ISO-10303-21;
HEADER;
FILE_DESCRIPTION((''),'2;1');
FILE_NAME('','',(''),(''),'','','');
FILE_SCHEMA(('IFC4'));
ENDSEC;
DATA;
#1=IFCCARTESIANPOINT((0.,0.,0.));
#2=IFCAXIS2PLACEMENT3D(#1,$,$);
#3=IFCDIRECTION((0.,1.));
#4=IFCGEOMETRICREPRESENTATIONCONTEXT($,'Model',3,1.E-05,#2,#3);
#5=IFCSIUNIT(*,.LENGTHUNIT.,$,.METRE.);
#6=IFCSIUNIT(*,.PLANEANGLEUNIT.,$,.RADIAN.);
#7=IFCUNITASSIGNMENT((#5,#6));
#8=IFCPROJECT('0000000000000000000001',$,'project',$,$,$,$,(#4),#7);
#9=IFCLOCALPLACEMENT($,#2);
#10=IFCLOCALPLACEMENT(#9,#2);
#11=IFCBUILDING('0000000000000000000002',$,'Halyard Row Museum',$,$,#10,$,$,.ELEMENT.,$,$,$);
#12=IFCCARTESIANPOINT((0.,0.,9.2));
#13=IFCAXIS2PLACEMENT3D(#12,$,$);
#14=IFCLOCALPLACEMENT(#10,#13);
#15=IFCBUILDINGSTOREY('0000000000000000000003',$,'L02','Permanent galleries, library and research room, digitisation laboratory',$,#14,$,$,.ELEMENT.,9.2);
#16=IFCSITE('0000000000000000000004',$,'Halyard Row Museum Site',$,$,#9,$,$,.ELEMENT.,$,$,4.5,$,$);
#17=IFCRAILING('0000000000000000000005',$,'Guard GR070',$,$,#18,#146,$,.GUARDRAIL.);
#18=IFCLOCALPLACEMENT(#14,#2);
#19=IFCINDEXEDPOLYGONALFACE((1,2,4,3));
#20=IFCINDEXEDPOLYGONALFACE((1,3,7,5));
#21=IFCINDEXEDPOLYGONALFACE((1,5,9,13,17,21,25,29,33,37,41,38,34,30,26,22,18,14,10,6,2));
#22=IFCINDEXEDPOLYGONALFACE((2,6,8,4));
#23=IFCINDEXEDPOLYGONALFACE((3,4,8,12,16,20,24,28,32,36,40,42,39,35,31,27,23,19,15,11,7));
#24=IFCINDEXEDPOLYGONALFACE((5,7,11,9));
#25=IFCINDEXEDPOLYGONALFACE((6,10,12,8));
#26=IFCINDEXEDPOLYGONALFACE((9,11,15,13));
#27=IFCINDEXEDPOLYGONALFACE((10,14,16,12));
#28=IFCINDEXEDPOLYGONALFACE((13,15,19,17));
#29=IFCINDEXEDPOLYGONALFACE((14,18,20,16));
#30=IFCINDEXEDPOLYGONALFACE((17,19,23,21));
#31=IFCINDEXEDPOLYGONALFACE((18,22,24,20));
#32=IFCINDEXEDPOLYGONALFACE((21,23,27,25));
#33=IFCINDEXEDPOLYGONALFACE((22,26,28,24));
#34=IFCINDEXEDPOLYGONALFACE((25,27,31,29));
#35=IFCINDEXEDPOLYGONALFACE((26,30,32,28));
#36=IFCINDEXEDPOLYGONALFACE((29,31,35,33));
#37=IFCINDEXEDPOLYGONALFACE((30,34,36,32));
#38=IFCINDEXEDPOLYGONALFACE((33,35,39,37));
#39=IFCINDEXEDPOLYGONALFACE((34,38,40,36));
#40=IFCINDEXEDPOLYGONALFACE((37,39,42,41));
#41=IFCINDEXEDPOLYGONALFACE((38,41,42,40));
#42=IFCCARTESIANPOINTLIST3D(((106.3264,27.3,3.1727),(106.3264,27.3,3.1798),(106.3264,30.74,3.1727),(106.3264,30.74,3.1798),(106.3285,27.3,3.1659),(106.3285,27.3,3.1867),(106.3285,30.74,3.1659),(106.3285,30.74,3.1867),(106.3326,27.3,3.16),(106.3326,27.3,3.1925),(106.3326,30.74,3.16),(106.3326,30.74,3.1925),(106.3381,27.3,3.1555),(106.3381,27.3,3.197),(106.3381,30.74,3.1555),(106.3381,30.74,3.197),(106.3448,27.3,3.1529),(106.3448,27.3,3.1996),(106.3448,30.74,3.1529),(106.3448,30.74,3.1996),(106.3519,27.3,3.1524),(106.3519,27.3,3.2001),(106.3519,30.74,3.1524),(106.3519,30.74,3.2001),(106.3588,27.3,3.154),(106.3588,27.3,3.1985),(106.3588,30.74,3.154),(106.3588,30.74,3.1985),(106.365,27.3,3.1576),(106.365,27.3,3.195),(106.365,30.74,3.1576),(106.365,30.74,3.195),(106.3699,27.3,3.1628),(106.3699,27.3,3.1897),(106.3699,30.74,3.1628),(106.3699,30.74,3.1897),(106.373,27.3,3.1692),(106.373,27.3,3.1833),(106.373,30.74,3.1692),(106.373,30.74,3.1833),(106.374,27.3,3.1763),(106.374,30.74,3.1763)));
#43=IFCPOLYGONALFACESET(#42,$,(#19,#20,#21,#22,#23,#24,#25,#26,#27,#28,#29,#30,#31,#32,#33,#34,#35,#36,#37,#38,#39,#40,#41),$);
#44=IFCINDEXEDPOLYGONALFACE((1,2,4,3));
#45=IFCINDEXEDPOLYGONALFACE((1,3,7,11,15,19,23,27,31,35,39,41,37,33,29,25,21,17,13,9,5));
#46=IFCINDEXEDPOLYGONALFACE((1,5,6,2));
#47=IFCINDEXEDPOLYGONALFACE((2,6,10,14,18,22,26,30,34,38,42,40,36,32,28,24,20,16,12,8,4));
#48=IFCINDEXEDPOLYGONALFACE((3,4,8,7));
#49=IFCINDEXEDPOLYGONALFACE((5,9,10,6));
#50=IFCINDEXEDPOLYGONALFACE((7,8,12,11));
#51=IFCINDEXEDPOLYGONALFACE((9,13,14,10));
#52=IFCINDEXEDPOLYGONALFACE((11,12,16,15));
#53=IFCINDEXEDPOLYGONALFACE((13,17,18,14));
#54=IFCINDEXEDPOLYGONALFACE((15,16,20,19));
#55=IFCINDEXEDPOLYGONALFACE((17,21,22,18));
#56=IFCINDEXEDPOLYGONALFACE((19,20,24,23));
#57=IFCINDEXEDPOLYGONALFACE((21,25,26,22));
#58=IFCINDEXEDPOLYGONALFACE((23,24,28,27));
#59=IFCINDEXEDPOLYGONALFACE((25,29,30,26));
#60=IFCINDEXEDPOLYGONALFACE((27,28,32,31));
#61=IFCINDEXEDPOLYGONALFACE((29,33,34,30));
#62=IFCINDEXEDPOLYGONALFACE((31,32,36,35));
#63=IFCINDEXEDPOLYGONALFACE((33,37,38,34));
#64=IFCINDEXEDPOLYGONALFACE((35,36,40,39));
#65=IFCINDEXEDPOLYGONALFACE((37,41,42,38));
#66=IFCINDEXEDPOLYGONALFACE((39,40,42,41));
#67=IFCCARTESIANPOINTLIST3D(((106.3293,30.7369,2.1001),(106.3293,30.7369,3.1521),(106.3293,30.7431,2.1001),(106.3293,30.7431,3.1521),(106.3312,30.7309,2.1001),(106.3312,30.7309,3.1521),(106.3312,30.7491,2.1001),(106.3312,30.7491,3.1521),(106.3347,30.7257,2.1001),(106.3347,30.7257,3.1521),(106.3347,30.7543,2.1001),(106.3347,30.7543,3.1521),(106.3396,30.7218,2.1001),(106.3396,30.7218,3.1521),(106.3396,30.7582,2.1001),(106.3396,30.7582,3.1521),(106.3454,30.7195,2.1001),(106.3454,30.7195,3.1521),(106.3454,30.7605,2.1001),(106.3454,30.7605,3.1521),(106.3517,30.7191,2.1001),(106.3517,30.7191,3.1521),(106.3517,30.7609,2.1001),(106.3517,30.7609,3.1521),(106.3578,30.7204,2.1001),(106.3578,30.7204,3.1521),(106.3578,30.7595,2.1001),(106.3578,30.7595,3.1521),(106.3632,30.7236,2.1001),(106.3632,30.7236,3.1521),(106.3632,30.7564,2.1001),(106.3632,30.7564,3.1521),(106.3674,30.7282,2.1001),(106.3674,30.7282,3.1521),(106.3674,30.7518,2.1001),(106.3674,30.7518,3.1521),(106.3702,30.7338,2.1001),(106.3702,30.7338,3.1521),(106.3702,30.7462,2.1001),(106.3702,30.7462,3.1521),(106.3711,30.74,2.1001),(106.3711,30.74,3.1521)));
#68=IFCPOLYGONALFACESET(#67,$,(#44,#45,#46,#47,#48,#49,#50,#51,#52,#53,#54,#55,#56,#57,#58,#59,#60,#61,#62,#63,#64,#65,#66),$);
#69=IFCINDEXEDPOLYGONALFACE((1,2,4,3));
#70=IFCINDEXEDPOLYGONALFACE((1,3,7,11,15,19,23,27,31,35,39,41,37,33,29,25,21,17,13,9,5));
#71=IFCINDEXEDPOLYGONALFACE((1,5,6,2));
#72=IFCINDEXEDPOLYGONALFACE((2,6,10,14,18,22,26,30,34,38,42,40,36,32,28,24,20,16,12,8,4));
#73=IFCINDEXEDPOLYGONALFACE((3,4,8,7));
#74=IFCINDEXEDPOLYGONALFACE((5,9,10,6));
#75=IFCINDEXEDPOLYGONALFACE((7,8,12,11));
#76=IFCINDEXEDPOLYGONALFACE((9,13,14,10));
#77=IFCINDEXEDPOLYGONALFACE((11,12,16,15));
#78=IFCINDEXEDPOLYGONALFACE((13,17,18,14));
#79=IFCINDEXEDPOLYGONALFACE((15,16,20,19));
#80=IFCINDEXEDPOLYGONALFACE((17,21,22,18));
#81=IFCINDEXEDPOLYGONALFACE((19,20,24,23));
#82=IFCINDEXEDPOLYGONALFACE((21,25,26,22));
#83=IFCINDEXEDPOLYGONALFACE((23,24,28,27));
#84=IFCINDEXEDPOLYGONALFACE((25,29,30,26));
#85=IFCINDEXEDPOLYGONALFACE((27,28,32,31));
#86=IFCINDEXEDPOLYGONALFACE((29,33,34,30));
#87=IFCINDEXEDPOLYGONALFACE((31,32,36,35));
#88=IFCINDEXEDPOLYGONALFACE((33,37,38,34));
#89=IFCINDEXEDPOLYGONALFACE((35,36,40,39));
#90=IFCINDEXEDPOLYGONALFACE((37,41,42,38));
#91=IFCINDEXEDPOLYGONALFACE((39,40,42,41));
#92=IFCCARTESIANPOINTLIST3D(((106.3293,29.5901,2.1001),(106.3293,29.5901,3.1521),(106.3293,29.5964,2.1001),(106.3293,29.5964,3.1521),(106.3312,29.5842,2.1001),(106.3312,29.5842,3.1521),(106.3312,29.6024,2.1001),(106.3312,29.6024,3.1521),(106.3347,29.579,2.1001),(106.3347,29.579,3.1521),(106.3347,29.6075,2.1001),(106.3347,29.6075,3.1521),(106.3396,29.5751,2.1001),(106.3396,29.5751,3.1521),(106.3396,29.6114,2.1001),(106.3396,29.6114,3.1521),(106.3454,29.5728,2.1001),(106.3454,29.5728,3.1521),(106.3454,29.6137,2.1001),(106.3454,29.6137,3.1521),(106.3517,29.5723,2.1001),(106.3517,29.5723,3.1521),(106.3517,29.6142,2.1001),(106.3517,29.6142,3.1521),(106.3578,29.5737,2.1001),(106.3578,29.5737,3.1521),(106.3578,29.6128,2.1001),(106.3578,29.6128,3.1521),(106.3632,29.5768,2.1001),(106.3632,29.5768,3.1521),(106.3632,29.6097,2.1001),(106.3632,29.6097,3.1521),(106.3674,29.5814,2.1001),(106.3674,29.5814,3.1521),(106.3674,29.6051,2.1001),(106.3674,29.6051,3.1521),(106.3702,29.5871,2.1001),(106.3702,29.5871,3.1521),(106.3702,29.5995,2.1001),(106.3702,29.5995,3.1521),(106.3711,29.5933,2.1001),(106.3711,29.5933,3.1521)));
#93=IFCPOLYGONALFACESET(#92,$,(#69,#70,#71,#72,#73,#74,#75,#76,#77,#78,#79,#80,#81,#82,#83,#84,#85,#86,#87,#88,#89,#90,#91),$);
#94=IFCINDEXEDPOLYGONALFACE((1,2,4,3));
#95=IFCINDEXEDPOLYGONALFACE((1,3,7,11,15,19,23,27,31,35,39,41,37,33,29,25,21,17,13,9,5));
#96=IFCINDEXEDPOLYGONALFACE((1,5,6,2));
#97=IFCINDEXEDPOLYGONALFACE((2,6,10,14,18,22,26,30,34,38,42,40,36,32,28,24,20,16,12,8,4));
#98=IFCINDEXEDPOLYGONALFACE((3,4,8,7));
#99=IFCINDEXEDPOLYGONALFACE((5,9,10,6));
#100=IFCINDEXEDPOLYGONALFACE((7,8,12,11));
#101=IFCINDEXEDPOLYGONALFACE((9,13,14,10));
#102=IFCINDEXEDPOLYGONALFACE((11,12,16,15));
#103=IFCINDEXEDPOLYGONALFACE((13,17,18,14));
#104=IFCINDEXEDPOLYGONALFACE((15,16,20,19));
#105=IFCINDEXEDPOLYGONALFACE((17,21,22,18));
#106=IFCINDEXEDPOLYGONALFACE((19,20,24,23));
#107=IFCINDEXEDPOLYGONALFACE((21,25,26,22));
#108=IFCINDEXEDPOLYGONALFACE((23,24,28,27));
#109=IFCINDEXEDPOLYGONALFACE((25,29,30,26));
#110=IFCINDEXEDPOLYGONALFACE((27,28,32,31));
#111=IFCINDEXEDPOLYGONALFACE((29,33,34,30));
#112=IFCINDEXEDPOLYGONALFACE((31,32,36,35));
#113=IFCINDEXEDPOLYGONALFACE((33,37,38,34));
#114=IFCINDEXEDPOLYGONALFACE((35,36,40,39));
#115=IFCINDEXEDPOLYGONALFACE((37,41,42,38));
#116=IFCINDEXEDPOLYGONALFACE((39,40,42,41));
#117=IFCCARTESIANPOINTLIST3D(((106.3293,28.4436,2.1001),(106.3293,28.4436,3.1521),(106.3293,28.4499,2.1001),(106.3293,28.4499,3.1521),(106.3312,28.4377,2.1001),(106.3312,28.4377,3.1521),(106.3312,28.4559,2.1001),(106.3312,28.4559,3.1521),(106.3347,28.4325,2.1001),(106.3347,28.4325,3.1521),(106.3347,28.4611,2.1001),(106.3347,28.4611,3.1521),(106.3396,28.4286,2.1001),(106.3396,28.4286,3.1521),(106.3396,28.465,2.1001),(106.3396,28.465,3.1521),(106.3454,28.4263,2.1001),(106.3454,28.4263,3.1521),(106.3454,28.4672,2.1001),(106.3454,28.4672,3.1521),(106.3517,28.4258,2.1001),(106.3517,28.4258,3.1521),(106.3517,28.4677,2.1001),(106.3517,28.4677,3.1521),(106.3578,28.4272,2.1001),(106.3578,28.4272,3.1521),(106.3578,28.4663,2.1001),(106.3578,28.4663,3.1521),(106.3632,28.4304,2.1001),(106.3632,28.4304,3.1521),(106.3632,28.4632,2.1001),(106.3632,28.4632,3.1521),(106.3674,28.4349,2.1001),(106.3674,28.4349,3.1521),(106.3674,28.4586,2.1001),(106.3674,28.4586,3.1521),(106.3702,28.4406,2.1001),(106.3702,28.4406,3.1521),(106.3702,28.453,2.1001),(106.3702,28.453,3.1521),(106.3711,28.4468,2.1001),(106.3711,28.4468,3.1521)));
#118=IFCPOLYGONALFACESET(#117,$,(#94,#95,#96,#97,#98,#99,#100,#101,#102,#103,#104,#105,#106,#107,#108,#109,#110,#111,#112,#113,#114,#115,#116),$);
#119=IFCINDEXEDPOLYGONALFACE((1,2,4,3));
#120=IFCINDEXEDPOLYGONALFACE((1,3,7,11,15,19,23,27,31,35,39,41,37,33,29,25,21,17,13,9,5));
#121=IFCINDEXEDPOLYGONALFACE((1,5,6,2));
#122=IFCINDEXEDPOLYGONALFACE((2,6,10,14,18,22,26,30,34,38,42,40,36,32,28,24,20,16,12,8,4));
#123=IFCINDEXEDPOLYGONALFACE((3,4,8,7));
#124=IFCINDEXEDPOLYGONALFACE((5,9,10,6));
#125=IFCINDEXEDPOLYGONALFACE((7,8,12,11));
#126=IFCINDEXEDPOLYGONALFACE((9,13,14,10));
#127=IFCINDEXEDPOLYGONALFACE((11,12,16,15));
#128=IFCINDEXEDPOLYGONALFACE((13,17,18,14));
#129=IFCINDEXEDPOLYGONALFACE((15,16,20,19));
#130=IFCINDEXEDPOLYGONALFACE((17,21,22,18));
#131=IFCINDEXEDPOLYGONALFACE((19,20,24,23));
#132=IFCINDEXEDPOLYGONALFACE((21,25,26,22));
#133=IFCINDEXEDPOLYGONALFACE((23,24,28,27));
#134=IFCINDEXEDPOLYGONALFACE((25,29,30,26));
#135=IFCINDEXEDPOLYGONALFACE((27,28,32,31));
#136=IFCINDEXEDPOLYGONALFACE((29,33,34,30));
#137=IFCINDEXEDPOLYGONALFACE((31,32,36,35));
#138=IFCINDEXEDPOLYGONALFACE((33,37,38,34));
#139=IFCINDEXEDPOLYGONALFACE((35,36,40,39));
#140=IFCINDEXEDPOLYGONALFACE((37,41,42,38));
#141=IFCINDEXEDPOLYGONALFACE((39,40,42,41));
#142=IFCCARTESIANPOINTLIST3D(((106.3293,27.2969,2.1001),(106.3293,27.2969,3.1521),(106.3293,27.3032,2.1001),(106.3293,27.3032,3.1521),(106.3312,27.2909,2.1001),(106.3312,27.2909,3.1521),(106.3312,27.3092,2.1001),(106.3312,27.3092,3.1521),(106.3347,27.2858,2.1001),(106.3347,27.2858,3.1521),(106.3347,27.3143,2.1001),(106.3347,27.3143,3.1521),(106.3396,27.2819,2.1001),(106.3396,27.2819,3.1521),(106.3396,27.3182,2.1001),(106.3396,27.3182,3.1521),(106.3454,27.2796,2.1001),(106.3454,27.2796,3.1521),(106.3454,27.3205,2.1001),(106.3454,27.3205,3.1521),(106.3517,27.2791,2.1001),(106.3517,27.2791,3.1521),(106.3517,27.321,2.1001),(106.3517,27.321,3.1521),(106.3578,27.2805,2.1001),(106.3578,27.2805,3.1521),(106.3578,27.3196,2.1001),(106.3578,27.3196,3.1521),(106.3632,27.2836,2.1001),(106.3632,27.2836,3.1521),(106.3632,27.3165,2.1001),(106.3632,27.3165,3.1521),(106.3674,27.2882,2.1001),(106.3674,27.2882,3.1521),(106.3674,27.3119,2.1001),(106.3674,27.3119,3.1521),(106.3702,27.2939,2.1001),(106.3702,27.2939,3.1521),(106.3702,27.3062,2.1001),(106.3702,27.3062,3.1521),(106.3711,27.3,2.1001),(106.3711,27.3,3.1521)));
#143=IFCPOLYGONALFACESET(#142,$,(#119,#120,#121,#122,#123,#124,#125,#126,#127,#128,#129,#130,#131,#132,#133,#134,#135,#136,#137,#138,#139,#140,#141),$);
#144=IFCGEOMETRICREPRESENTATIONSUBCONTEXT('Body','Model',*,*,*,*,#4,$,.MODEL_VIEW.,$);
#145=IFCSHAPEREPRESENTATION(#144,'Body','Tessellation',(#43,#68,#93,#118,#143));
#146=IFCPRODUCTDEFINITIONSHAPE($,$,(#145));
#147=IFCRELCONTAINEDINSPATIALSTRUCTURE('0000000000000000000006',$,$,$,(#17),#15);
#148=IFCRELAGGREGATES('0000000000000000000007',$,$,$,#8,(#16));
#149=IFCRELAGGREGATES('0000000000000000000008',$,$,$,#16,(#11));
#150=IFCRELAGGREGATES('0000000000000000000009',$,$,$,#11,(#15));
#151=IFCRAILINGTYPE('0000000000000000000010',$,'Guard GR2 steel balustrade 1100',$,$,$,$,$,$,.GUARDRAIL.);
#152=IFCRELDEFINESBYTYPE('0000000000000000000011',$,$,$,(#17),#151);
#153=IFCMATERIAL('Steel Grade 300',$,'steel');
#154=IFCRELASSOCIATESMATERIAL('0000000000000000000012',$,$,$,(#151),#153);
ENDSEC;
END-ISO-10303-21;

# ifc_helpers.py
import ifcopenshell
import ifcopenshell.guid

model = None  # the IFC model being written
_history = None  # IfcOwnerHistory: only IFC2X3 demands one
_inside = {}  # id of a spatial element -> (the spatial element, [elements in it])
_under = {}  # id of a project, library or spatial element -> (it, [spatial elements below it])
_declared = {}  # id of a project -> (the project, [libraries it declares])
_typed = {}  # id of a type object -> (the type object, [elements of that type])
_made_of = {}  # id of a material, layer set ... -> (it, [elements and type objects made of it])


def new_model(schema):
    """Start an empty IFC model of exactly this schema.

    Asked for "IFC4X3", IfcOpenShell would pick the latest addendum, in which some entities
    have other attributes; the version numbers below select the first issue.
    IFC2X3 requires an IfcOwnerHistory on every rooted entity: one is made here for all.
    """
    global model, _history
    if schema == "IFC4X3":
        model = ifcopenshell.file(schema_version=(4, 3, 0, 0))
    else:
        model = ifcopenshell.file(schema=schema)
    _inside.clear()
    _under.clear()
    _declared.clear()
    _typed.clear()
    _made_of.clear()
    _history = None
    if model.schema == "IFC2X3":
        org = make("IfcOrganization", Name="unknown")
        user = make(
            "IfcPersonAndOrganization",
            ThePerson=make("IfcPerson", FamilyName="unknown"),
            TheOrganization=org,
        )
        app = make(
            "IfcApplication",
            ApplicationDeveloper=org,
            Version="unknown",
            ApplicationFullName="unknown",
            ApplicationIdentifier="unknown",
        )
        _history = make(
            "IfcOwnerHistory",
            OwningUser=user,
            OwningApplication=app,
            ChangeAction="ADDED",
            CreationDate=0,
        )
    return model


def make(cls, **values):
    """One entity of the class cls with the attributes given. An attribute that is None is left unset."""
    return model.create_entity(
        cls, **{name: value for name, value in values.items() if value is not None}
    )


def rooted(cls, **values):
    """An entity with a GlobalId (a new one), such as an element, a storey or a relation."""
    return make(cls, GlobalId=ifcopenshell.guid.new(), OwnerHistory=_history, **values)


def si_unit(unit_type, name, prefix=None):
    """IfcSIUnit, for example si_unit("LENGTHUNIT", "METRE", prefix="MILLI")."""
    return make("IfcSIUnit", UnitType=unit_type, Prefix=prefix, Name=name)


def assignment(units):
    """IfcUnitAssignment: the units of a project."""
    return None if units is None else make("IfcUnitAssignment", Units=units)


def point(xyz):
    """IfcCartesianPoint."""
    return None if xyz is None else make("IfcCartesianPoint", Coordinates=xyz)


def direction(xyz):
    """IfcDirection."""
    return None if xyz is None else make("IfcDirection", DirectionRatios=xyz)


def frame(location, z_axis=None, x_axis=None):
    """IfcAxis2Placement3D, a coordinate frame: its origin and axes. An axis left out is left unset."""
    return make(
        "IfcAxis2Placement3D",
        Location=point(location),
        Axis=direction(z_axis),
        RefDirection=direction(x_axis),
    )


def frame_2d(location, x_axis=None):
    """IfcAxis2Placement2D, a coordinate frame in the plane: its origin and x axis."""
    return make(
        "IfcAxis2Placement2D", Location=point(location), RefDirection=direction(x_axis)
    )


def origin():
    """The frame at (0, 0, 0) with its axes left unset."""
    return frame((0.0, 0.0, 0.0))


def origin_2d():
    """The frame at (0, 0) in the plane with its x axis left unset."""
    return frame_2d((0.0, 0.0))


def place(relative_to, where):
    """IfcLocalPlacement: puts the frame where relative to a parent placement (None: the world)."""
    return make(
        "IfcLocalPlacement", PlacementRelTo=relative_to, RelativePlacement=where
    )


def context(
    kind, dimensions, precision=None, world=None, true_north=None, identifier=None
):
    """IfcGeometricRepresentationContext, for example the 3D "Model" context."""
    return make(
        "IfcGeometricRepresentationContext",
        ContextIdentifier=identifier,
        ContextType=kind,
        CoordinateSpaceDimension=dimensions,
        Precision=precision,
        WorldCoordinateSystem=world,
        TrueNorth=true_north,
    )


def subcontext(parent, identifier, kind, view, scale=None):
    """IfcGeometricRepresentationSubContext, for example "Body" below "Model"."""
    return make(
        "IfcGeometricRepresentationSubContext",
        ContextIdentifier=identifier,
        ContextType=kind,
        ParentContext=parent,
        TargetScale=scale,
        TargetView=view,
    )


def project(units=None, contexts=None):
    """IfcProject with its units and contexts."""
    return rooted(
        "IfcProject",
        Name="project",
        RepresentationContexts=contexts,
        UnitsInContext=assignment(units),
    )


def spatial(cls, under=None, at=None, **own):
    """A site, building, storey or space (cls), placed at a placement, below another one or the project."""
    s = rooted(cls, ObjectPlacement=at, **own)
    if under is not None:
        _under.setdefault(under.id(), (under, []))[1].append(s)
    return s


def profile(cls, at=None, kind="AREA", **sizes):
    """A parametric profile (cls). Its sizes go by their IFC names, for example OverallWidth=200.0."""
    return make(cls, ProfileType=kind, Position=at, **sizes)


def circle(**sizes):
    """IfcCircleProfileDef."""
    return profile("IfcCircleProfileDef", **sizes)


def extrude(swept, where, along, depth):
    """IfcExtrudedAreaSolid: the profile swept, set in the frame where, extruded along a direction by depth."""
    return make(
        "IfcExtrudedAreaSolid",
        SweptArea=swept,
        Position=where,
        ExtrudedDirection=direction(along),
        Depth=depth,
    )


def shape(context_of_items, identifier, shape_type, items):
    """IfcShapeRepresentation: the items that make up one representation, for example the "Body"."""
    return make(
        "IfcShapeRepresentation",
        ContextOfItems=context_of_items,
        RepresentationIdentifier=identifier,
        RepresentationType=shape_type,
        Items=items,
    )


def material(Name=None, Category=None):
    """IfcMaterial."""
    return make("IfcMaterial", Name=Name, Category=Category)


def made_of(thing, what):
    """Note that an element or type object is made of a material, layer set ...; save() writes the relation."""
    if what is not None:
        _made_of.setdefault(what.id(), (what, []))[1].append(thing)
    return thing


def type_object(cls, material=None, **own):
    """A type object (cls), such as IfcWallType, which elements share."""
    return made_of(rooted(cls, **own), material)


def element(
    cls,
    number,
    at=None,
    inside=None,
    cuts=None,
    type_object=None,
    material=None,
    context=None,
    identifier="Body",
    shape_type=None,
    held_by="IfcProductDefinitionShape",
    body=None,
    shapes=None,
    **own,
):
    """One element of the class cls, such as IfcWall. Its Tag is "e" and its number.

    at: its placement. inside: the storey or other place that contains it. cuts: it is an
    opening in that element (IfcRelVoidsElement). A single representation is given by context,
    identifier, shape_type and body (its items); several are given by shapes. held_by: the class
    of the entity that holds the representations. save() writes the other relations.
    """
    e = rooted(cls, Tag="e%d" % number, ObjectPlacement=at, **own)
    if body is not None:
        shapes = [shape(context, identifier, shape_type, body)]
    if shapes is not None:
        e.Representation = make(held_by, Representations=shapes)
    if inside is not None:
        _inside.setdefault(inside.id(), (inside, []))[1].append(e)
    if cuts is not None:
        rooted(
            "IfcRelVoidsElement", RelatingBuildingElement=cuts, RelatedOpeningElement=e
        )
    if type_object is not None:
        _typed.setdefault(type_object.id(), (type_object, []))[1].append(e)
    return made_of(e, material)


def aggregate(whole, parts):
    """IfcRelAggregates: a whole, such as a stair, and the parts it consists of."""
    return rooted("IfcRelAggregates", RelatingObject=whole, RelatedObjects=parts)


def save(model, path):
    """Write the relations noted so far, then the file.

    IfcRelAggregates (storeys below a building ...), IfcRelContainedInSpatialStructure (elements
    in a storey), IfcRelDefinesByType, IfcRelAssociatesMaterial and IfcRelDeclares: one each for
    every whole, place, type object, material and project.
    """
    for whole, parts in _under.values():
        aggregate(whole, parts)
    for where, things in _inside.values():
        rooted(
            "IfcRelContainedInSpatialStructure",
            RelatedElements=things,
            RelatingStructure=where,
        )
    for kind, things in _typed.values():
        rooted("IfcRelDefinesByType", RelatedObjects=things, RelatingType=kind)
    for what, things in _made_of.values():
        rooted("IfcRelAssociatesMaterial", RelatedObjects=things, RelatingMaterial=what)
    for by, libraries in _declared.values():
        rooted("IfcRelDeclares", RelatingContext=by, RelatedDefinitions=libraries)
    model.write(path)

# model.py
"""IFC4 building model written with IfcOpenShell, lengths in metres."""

from ifc_helpers import new_model, si_unit, direction, frame, origin, origin_2d, place, context, subcontext, project, spatial, circle, extrude, material, type_object, element, save


model = new_model("IFC4")

# Units and contexts
model_context = context("Model", 3, precision=1e-05, world=origin(), true_north=direction((0.0, 1.0)))
body_context = subcontext(model_context, "Body", "Model", "MODEL_VIEW")
ifc_project = project(units=[si_unit("LENGTHUNIT", "METRE"), si_unit("PLANEANGLEUNIT", "RADIAN")], contexts=[model_context])

# Site, building, storey
site_placement = place(None, origin())
site = spatial("IfcSite", under=ifc_project, at=site_placement, Name="Halyard Row Museum Site", CompositionType="ELEMENT", RefElevation=4.5)
building_placement = place(site_placement, origin())
building = spatial("IfcBuilding", under=site, at=building_placement, Name="Halyard Row Museum", CompositionType="ELEMENT")
storey_placement = place(building_placement, frame((0.0, 0.0, 9.2)))
storey = spatial("IfcBuildingStorey", under=building, at=storey_placement, Name="L02", Description="Permanent galleries, library and research room, digitisation laboratory", CompositionType="ELEMENT", Elevation=9.2)

# Railing
ifc_material_1 = material(Name="Steel Grade 300", Category="steel")
railing_type_1 = type_object("IfcRailingType", Name="Guard GR2 steel balustrade 1100", PredefinedType="GUARDRAIL", material=ifc_material_1)
railing_1_placement = place(storey_placement, frame((106.3501, 30.74, 2.1001)))
element("IfcRailing", 1, at=railing_1_placement, inside=storey, type_object=railing_type_1, Name="Guard GR070", PredefinedType="GUARDRAIL", context=body_context, shape_type="SweptSolid", body=[
    extrude(circle(Radius=0.0239, at=origin_2d()), frame((0.0, 0.0, 1.0762), z_axis=(0.0, -1.0, 0.0), x_axis=(1.0, 0.0, 0.0)), (0.0, 0.0, 1.0), 3.4399),
    extrude(circle(Radius=0.021, at=origin_2d()), origin(), (0.0, 0.0, 1.0), 1.052),
    extrude(circle(Radius=0.021, at=origin_2d()), frame((0.0, -1.1467, 0.0)), (0.0, 0.0, 1.0), 1.052),
    extrude(circle(Radius=0.021, at=origin_2d()), frame((0.0, -2.2932, 0.0)), (0.0, 0.0, 1.0), 1.052),
    extrude(circle(Radius=0.021, at=origin_2d()), frame((0.0, -3.4399, 0.0)), (0.0, 0.0, 1.0), 1.052),
])

save(model, "model.ifc")
